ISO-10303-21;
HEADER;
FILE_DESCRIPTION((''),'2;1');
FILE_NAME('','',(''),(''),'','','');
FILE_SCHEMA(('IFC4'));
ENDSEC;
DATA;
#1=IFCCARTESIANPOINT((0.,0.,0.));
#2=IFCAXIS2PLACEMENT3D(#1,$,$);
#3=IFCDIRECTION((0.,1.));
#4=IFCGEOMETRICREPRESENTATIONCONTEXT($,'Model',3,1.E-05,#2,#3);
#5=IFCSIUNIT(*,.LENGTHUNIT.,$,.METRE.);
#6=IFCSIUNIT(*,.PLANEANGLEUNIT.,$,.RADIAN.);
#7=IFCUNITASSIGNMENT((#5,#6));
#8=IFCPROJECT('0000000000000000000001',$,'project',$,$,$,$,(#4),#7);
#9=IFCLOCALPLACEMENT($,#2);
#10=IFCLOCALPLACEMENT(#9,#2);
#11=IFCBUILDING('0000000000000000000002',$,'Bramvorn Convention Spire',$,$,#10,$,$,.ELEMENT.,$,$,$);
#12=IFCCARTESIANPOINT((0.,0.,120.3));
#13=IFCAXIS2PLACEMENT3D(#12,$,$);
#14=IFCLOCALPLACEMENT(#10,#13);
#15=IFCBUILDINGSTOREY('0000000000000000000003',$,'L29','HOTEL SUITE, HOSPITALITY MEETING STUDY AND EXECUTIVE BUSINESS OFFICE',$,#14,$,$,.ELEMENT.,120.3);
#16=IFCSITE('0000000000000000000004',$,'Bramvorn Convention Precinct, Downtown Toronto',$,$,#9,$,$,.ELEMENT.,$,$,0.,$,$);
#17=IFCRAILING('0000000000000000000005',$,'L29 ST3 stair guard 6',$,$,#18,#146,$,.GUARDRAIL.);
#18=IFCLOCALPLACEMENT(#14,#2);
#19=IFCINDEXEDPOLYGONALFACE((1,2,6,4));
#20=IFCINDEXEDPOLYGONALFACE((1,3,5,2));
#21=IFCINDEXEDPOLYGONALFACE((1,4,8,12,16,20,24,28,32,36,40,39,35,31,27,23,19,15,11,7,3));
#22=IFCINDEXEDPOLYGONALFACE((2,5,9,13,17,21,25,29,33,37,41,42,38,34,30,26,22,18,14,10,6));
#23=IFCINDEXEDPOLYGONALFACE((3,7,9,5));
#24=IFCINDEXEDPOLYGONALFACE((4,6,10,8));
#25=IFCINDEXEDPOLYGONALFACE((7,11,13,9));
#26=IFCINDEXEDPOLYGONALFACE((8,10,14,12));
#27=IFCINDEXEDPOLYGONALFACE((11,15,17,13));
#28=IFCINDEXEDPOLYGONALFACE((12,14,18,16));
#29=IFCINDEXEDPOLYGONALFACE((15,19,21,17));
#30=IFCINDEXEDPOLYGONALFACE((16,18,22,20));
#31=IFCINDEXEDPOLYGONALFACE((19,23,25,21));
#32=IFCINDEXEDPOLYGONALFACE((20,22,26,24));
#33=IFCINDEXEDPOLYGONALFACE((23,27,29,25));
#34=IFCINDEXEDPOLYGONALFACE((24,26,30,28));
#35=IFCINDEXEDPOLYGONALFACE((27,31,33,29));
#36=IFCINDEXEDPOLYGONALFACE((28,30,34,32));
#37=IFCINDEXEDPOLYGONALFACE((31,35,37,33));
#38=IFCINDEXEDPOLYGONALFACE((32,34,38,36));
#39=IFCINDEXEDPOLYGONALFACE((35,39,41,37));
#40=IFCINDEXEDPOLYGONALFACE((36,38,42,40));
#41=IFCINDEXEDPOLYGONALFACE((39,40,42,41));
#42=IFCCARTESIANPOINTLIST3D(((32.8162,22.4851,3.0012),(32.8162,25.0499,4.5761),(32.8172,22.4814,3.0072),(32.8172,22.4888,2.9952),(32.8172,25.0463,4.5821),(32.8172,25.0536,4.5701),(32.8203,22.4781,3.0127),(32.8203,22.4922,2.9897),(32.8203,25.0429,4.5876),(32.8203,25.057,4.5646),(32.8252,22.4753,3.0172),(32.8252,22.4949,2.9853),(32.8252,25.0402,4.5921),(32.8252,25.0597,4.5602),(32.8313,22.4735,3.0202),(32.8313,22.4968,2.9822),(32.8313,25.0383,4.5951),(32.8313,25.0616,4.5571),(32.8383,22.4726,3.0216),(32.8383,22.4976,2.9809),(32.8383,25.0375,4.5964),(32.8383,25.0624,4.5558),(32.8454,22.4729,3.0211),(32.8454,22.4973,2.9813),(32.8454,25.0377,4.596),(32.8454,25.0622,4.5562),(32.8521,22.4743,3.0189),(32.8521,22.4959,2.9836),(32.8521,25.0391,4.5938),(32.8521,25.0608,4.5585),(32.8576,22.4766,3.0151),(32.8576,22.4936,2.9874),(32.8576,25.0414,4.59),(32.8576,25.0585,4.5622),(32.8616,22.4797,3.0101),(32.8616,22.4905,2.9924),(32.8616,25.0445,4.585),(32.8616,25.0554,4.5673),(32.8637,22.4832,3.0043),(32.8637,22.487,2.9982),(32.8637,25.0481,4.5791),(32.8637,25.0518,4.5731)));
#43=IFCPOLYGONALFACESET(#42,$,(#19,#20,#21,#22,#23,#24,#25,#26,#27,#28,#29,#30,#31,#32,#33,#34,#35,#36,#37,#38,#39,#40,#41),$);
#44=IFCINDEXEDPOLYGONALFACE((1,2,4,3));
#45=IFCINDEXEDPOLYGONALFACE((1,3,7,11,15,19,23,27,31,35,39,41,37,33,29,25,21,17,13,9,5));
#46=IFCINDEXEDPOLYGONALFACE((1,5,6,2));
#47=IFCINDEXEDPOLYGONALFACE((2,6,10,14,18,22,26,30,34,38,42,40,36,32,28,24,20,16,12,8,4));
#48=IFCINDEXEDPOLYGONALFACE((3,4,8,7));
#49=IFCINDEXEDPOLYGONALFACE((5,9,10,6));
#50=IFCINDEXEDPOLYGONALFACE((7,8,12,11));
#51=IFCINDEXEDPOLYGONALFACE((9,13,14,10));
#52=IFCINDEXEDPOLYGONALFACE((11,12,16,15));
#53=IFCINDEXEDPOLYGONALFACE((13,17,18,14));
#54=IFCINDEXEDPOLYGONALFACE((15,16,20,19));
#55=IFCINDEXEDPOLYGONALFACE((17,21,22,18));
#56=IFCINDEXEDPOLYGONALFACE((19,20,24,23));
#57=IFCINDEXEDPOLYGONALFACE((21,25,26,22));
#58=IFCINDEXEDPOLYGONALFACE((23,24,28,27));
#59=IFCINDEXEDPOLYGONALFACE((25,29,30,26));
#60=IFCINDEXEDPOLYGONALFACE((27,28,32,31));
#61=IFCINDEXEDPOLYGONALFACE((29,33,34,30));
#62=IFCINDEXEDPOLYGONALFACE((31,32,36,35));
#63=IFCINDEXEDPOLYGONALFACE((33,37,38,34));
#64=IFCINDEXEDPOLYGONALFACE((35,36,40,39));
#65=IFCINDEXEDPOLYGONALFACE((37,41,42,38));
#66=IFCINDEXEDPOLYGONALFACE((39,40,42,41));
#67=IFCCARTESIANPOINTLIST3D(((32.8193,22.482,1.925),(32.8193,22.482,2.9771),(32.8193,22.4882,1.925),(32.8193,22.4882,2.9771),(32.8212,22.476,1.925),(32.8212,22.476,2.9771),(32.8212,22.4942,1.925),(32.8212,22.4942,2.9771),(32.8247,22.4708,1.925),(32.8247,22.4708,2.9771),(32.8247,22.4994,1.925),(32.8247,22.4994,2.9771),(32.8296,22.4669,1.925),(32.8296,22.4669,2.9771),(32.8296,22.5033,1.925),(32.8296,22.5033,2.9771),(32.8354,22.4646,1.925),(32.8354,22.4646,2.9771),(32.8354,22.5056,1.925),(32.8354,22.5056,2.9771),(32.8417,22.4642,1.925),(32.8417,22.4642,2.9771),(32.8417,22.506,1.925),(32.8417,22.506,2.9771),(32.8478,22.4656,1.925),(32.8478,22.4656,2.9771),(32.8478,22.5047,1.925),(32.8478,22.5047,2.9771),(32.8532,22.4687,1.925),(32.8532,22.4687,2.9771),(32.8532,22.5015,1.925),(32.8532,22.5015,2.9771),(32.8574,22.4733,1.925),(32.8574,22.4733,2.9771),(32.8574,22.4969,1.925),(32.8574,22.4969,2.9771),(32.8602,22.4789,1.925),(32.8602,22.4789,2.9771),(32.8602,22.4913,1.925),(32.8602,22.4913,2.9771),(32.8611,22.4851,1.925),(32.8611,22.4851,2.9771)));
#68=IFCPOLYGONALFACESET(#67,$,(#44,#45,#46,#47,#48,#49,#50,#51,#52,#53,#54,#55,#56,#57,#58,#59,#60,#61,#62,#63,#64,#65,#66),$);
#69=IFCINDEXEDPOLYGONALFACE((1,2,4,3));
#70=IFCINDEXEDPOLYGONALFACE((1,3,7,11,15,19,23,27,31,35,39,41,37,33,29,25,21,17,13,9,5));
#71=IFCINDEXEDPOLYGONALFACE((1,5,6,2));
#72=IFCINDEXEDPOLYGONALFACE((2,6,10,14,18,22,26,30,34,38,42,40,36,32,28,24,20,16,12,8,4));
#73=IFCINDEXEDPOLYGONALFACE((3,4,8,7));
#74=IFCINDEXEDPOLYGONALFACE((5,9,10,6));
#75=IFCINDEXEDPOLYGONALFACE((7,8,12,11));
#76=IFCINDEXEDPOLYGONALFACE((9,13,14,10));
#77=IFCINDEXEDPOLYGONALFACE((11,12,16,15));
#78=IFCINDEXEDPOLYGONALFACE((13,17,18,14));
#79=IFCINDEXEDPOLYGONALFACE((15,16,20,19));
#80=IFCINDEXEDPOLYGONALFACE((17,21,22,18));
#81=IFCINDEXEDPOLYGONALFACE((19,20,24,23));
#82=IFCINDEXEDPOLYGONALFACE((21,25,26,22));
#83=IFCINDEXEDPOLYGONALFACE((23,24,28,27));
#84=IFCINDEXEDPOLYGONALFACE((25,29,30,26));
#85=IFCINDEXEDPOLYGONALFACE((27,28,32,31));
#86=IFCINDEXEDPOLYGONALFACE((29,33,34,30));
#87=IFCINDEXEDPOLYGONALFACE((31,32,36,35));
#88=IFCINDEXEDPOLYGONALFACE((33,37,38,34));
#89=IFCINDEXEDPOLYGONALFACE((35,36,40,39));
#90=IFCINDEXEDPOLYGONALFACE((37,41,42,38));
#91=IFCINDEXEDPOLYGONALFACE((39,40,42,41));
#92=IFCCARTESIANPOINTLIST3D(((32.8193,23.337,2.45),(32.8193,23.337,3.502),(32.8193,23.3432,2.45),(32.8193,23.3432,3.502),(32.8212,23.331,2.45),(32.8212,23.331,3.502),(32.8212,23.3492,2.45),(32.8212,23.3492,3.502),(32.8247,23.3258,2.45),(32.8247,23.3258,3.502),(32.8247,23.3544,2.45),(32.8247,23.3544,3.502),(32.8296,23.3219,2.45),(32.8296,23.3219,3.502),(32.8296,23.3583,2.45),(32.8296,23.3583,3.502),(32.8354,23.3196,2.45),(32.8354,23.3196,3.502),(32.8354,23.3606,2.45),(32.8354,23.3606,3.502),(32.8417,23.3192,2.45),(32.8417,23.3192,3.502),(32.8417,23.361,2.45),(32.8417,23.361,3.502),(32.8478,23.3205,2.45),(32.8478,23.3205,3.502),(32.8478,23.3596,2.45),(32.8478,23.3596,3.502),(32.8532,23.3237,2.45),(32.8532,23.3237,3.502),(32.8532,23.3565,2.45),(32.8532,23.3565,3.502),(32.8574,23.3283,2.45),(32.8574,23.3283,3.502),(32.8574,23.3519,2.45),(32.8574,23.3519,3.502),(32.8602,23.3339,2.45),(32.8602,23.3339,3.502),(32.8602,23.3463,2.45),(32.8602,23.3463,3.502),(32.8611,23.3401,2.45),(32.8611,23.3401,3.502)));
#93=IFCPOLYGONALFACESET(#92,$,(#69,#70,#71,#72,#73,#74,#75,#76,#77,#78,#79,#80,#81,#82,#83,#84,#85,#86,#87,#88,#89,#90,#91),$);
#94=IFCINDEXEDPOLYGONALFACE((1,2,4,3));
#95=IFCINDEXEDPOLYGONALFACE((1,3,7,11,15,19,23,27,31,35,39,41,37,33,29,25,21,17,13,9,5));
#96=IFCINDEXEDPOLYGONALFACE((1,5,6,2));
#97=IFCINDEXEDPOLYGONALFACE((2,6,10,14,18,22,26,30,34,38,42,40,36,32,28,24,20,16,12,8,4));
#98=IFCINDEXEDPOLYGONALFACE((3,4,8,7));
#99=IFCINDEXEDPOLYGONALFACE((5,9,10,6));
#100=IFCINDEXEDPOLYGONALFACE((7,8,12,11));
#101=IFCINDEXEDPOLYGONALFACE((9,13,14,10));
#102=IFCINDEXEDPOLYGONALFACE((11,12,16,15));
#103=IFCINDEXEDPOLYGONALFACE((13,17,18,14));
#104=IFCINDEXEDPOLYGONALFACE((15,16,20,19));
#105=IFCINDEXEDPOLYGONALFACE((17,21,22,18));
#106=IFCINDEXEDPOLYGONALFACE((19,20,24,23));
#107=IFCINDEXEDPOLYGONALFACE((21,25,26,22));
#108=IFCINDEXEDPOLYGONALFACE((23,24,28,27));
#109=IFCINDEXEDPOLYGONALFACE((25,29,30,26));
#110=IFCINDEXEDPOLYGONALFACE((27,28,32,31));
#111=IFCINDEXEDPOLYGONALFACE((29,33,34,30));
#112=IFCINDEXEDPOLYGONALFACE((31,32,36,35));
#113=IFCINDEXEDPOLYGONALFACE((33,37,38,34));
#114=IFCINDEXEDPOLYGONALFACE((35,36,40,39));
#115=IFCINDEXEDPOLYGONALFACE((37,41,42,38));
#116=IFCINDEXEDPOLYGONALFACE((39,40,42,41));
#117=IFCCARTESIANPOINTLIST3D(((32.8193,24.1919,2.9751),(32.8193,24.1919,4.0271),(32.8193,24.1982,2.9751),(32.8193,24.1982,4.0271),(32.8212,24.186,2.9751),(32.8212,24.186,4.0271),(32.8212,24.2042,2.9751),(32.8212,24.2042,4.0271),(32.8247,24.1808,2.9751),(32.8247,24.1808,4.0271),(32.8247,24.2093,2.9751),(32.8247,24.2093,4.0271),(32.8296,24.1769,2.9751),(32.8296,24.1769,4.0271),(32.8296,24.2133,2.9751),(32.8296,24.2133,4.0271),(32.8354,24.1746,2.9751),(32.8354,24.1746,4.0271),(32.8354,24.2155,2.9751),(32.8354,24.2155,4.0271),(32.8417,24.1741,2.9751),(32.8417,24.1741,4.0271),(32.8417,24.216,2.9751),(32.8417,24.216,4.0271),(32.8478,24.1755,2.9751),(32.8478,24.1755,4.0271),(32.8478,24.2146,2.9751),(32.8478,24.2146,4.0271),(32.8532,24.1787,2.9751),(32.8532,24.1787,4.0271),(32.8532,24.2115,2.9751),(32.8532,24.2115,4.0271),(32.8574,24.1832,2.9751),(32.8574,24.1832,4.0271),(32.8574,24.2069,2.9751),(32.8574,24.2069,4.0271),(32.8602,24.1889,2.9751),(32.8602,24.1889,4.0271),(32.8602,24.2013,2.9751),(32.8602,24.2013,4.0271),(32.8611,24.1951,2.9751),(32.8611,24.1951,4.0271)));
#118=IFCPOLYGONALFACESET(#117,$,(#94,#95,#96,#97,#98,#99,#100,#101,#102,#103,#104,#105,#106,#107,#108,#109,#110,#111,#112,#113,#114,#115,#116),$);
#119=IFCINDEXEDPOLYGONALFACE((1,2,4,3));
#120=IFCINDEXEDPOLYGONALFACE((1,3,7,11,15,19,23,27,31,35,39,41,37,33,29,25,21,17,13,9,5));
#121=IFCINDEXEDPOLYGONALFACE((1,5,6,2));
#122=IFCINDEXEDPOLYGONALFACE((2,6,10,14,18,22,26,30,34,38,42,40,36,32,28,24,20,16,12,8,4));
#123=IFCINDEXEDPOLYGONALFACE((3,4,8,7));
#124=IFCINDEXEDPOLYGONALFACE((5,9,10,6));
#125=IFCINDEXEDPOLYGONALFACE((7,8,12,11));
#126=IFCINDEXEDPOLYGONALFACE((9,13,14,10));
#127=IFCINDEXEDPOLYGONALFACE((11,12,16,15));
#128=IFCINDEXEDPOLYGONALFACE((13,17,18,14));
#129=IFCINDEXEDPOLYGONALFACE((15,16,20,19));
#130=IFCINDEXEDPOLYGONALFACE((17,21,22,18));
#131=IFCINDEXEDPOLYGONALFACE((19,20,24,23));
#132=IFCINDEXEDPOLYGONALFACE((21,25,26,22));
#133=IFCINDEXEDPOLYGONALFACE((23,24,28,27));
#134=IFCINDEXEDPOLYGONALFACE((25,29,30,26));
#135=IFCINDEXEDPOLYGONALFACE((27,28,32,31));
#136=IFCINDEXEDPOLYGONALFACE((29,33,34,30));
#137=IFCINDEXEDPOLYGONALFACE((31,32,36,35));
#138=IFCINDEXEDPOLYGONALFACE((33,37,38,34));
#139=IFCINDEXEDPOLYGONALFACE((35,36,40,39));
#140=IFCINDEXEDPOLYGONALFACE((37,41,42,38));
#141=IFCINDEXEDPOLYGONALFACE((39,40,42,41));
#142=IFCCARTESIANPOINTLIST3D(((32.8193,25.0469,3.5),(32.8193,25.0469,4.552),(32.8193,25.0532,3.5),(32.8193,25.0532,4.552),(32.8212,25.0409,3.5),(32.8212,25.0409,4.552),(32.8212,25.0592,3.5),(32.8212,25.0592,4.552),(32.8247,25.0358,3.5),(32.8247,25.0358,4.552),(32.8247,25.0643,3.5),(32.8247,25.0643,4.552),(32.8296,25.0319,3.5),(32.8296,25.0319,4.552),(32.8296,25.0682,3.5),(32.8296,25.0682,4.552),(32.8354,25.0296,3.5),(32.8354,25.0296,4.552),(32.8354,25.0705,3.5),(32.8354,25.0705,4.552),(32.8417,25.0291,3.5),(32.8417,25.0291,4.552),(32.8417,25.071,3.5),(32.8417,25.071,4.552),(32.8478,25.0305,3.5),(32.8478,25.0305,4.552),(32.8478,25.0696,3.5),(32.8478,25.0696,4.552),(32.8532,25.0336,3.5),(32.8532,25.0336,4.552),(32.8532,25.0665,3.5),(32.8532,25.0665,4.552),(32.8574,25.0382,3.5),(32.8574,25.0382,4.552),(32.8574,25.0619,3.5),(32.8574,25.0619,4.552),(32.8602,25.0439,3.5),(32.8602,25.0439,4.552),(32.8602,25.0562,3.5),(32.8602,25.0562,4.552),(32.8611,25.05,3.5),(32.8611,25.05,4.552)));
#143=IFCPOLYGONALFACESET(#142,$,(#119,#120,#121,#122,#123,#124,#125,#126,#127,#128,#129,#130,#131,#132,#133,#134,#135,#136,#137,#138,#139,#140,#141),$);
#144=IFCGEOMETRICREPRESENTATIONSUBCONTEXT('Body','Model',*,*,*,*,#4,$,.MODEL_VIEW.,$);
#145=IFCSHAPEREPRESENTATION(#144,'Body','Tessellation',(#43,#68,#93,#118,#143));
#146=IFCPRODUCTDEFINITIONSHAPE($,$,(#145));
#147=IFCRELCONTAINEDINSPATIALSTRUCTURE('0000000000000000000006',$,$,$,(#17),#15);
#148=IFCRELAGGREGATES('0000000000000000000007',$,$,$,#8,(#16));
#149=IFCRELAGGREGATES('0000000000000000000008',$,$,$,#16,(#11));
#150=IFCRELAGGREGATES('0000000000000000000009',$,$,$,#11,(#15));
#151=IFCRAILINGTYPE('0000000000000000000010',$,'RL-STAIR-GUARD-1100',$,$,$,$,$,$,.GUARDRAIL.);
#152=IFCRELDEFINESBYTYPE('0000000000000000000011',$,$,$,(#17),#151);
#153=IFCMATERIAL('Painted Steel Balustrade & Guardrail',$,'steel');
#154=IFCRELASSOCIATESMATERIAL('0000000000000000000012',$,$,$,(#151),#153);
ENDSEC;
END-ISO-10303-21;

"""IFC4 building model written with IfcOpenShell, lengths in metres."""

from ifc_helpers import new_model, si_unit, direction, frame, origin, origin_2d, place, context, subcontext, project, spatial, circle, extrude, material, type_object, element, save


model = new_model("IFC4")

# Units and contexts
model_context = context("Model", 3, precision=1e-05, world=origin(), true_north=direction((0.0, 1.0)))
body_context = subcontext(model_context, "Body", "Model", "MODEL_VIEW")
ifc_project = project(units=[si_unit("LENGTHUNIT", "METRE"), si_unit("PLANEANGLEUNIT", "RADIAN")], contexts=[model_context])

# Site, building, storey
site_placement = place(None, origin())
site = spatial("IfcSite", under=ifc_project, at=site_placement, Name="Bramvorn Convention Precinct, Downtown Toronto", CompositionType="ELEMENT", RefElevation=0.0)
building_placement = place(site_placement, origin())
building = spatial("IfcBuilding", under=site, at=building_placement, Name="Bramvorn Convention Spire", CompositionType="ELEMENT")
storey_placement = place(building_placement, frame((0.0, 0.0, 120.3)))
storey = spatial("IfcBuildingStorey", under=building, at=storey_placement, Name="L29", Description="HOTEL SUITE, HOSPITALITY MEETING STUDY AND EXECUTIVE BUSINESS OFFICE", CompositionType="ELEMENT", Elevation=120.3)

# Railing
ifc_material_1 = material(Name="Painted Steel Balustrade & Guardrail", Category="steel")
railing_type_1 = type_object("IfcRailingType", Name="RL-STAIR-GUARD-1100", PredefinedType="GUARDRAIL", material=ifc_material_1)
railing_1_placement = place(storey_placement, frame((32.8401, 22.4851, 1.925)))
element("IfcRailing", 1, at=railing_1_placement, inside=storey, type_object=railing_type_1, Name="L29 ST3 stair guard 6", PredefinedType="GUARDRAIL", context=body_context, shape_type="SweptSolid", body=[
    extrude(circle(Radius=0.0239, at=origin_2d()), frame((0.0, 0.0, 1.0762), z_axis=(0.0, 0.852173, 0.52326), x_axis=(-1.0, 0.0, 0.0)), (0.0, 0.0, 1.0), 3.0098),
    extrude(circle(Radius=0.021, at=origin_2d()), origin(), (0.0, 0.0, 1.0), 1.052),
    extrude(circle(Radius=0.021, at=origin_2d()), frame((0.0, 0.855, 0.5249)), (0.0, 0.0, 1.0), 1.052),
    extrude(circle(Radius=0.021, at=origin_2d()), frame((0.0, 1.71, 1.05)), (0.0, 0.0, 1.0), 1.052),
    extrude(circle(Radius=0.021, at=origin_2d()), frame((0.0, 2.5649, 1.575)), (0.0, 0.0, 1.0), 1.052),
])

save(model, "model.ifc")
